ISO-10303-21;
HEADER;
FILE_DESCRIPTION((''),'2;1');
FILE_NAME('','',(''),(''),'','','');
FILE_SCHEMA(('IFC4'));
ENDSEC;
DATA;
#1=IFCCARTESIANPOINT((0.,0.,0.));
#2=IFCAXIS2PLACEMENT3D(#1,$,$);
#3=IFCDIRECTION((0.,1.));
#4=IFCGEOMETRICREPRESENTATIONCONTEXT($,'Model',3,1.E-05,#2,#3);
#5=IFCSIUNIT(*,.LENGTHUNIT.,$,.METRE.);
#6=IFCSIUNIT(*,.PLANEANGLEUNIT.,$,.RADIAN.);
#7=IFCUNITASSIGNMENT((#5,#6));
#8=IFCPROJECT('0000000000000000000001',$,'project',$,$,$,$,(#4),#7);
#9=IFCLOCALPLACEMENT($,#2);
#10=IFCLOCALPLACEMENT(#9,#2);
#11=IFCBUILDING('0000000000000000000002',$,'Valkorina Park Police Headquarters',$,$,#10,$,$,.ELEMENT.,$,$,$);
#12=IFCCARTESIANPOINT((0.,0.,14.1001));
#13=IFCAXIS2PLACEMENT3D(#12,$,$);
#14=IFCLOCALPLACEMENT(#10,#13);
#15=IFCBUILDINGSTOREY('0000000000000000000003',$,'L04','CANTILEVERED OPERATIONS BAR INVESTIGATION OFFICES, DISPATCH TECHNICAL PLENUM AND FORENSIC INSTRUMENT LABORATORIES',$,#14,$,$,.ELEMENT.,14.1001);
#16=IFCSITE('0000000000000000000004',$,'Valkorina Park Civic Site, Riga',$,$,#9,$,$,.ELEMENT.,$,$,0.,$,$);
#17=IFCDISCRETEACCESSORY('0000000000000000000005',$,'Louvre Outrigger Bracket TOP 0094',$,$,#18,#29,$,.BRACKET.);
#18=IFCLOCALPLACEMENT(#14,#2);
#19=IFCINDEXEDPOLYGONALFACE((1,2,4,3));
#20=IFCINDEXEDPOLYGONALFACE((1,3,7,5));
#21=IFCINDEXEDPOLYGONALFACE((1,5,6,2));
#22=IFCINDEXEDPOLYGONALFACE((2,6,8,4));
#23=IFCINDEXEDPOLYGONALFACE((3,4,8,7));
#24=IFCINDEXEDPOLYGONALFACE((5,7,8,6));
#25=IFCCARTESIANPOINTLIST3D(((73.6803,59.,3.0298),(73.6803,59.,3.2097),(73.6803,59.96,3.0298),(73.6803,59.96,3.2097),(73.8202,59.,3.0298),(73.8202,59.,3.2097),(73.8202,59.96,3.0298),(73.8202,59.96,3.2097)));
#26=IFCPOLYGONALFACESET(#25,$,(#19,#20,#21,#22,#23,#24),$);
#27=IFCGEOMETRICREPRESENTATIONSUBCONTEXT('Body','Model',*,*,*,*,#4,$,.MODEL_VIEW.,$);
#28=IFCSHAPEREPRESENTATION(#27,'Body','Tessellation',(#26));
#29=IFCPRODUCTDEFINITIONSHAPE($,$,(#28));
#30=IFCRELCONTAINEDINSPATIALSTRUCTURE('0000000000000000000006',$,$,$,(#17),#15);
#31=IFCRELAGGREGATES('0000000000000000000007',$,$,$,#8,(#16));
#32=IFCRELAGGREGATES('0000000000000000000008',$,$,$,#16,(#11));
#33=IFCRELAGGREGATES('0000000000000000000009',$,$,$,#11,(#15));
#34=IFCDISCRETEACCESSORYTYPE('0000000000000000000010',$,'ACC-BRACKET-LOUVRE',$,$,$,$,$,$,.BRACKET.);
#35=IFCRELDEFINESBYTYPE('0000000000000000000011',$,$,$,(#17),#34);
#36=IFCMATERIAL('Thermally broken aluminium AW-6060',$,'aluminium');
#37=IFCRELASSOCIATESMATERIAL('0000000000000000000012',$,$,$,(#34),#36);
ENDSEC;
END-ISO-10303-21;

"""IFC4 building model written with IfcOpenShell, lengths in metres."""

from ifc_helpers import new_model, si_unit, direction, frame, origin, origin_2d, place, context, subcontext, project, spatial, rectangle, extrude, material, type_object, element, save


model = new_model("IFC4")

# Units and contexts
model_context = context("Model", 3, precision=1e-05, world=origin(), true_north=direction((0.0, 1.0)))
body_context = subcontext(model_context, "Body", "Model", "MODEL_VIEW")
ifc_project = project(units=[si_unit("LENGTHUNIT", "METRE"), si_unit("PLANEANGLEUNIT", "RADIAN")], contexts=[model_context])

# Site, building, storey
site_placement = place(None, origin())
site = spatial("IfcSite", under=ifc_project, at=site_placement, Name="Valkorina Park Civic Site, Riga", CompositionType="ELEMENT", RefElevation=0.0)
building_placement = place(site_placement, origin())
building = spatial("IfcBuilding", under=site, at=building_placement, Name="Valkorina Park Police Headquarters", CompositionType="ELEMENT")
storey_placement = place(building_placement, frame((0.0, 0.0, 14.1001)))
storey = spatial("IfcBuildingStorey", under=building, at=storey_placement, Name="L04", Description="CANTILEVERED OPERATIONS BAR INVESTIGATION OFFICES, DISPATCH TECHNICAL PLENUM AND FORENSIC INSTRUMENT LABORATORIES", CompositionType="ELEMENT", Elevation=14.1001)

# Discrete accessory
ifc_material_1 = material(Name="Thermally broken aluminium AW-6060", Category="aluminium")
discrete_accessory_type = type_object("IfcDiscreteAccessoryType", Name="ACC-BRACKET-LOUVRE", PredefinedType="BRACKET", material=ifc_material_1)
for number, where, z_axis, x_axis, name in (
    (1, (73.7502, 59.48, 3.0298), (0.0, 0.0, 1.0), (0.0, 1.0, 0.0), "Louvre Outrigger Bracket TOP 0094"),
):
    element("IfcDiscreteAccessory", number, at=place(storey_placement, frame(where, z_axis=z_axis, x_axis=x_axis)), inside=storey, type_object=discrete_accessory_type, Name=name, PredefinedType="BRACKET", context=body_context, shape_type="SweptSolid", body=[
        extrude(rectangle(XDim=0.96, YDim=0.1399, at=origin_2d()), origin(), (0.0, 0.0, 1.0), 0.1799),
    ])

save(model, "model.ifc")
